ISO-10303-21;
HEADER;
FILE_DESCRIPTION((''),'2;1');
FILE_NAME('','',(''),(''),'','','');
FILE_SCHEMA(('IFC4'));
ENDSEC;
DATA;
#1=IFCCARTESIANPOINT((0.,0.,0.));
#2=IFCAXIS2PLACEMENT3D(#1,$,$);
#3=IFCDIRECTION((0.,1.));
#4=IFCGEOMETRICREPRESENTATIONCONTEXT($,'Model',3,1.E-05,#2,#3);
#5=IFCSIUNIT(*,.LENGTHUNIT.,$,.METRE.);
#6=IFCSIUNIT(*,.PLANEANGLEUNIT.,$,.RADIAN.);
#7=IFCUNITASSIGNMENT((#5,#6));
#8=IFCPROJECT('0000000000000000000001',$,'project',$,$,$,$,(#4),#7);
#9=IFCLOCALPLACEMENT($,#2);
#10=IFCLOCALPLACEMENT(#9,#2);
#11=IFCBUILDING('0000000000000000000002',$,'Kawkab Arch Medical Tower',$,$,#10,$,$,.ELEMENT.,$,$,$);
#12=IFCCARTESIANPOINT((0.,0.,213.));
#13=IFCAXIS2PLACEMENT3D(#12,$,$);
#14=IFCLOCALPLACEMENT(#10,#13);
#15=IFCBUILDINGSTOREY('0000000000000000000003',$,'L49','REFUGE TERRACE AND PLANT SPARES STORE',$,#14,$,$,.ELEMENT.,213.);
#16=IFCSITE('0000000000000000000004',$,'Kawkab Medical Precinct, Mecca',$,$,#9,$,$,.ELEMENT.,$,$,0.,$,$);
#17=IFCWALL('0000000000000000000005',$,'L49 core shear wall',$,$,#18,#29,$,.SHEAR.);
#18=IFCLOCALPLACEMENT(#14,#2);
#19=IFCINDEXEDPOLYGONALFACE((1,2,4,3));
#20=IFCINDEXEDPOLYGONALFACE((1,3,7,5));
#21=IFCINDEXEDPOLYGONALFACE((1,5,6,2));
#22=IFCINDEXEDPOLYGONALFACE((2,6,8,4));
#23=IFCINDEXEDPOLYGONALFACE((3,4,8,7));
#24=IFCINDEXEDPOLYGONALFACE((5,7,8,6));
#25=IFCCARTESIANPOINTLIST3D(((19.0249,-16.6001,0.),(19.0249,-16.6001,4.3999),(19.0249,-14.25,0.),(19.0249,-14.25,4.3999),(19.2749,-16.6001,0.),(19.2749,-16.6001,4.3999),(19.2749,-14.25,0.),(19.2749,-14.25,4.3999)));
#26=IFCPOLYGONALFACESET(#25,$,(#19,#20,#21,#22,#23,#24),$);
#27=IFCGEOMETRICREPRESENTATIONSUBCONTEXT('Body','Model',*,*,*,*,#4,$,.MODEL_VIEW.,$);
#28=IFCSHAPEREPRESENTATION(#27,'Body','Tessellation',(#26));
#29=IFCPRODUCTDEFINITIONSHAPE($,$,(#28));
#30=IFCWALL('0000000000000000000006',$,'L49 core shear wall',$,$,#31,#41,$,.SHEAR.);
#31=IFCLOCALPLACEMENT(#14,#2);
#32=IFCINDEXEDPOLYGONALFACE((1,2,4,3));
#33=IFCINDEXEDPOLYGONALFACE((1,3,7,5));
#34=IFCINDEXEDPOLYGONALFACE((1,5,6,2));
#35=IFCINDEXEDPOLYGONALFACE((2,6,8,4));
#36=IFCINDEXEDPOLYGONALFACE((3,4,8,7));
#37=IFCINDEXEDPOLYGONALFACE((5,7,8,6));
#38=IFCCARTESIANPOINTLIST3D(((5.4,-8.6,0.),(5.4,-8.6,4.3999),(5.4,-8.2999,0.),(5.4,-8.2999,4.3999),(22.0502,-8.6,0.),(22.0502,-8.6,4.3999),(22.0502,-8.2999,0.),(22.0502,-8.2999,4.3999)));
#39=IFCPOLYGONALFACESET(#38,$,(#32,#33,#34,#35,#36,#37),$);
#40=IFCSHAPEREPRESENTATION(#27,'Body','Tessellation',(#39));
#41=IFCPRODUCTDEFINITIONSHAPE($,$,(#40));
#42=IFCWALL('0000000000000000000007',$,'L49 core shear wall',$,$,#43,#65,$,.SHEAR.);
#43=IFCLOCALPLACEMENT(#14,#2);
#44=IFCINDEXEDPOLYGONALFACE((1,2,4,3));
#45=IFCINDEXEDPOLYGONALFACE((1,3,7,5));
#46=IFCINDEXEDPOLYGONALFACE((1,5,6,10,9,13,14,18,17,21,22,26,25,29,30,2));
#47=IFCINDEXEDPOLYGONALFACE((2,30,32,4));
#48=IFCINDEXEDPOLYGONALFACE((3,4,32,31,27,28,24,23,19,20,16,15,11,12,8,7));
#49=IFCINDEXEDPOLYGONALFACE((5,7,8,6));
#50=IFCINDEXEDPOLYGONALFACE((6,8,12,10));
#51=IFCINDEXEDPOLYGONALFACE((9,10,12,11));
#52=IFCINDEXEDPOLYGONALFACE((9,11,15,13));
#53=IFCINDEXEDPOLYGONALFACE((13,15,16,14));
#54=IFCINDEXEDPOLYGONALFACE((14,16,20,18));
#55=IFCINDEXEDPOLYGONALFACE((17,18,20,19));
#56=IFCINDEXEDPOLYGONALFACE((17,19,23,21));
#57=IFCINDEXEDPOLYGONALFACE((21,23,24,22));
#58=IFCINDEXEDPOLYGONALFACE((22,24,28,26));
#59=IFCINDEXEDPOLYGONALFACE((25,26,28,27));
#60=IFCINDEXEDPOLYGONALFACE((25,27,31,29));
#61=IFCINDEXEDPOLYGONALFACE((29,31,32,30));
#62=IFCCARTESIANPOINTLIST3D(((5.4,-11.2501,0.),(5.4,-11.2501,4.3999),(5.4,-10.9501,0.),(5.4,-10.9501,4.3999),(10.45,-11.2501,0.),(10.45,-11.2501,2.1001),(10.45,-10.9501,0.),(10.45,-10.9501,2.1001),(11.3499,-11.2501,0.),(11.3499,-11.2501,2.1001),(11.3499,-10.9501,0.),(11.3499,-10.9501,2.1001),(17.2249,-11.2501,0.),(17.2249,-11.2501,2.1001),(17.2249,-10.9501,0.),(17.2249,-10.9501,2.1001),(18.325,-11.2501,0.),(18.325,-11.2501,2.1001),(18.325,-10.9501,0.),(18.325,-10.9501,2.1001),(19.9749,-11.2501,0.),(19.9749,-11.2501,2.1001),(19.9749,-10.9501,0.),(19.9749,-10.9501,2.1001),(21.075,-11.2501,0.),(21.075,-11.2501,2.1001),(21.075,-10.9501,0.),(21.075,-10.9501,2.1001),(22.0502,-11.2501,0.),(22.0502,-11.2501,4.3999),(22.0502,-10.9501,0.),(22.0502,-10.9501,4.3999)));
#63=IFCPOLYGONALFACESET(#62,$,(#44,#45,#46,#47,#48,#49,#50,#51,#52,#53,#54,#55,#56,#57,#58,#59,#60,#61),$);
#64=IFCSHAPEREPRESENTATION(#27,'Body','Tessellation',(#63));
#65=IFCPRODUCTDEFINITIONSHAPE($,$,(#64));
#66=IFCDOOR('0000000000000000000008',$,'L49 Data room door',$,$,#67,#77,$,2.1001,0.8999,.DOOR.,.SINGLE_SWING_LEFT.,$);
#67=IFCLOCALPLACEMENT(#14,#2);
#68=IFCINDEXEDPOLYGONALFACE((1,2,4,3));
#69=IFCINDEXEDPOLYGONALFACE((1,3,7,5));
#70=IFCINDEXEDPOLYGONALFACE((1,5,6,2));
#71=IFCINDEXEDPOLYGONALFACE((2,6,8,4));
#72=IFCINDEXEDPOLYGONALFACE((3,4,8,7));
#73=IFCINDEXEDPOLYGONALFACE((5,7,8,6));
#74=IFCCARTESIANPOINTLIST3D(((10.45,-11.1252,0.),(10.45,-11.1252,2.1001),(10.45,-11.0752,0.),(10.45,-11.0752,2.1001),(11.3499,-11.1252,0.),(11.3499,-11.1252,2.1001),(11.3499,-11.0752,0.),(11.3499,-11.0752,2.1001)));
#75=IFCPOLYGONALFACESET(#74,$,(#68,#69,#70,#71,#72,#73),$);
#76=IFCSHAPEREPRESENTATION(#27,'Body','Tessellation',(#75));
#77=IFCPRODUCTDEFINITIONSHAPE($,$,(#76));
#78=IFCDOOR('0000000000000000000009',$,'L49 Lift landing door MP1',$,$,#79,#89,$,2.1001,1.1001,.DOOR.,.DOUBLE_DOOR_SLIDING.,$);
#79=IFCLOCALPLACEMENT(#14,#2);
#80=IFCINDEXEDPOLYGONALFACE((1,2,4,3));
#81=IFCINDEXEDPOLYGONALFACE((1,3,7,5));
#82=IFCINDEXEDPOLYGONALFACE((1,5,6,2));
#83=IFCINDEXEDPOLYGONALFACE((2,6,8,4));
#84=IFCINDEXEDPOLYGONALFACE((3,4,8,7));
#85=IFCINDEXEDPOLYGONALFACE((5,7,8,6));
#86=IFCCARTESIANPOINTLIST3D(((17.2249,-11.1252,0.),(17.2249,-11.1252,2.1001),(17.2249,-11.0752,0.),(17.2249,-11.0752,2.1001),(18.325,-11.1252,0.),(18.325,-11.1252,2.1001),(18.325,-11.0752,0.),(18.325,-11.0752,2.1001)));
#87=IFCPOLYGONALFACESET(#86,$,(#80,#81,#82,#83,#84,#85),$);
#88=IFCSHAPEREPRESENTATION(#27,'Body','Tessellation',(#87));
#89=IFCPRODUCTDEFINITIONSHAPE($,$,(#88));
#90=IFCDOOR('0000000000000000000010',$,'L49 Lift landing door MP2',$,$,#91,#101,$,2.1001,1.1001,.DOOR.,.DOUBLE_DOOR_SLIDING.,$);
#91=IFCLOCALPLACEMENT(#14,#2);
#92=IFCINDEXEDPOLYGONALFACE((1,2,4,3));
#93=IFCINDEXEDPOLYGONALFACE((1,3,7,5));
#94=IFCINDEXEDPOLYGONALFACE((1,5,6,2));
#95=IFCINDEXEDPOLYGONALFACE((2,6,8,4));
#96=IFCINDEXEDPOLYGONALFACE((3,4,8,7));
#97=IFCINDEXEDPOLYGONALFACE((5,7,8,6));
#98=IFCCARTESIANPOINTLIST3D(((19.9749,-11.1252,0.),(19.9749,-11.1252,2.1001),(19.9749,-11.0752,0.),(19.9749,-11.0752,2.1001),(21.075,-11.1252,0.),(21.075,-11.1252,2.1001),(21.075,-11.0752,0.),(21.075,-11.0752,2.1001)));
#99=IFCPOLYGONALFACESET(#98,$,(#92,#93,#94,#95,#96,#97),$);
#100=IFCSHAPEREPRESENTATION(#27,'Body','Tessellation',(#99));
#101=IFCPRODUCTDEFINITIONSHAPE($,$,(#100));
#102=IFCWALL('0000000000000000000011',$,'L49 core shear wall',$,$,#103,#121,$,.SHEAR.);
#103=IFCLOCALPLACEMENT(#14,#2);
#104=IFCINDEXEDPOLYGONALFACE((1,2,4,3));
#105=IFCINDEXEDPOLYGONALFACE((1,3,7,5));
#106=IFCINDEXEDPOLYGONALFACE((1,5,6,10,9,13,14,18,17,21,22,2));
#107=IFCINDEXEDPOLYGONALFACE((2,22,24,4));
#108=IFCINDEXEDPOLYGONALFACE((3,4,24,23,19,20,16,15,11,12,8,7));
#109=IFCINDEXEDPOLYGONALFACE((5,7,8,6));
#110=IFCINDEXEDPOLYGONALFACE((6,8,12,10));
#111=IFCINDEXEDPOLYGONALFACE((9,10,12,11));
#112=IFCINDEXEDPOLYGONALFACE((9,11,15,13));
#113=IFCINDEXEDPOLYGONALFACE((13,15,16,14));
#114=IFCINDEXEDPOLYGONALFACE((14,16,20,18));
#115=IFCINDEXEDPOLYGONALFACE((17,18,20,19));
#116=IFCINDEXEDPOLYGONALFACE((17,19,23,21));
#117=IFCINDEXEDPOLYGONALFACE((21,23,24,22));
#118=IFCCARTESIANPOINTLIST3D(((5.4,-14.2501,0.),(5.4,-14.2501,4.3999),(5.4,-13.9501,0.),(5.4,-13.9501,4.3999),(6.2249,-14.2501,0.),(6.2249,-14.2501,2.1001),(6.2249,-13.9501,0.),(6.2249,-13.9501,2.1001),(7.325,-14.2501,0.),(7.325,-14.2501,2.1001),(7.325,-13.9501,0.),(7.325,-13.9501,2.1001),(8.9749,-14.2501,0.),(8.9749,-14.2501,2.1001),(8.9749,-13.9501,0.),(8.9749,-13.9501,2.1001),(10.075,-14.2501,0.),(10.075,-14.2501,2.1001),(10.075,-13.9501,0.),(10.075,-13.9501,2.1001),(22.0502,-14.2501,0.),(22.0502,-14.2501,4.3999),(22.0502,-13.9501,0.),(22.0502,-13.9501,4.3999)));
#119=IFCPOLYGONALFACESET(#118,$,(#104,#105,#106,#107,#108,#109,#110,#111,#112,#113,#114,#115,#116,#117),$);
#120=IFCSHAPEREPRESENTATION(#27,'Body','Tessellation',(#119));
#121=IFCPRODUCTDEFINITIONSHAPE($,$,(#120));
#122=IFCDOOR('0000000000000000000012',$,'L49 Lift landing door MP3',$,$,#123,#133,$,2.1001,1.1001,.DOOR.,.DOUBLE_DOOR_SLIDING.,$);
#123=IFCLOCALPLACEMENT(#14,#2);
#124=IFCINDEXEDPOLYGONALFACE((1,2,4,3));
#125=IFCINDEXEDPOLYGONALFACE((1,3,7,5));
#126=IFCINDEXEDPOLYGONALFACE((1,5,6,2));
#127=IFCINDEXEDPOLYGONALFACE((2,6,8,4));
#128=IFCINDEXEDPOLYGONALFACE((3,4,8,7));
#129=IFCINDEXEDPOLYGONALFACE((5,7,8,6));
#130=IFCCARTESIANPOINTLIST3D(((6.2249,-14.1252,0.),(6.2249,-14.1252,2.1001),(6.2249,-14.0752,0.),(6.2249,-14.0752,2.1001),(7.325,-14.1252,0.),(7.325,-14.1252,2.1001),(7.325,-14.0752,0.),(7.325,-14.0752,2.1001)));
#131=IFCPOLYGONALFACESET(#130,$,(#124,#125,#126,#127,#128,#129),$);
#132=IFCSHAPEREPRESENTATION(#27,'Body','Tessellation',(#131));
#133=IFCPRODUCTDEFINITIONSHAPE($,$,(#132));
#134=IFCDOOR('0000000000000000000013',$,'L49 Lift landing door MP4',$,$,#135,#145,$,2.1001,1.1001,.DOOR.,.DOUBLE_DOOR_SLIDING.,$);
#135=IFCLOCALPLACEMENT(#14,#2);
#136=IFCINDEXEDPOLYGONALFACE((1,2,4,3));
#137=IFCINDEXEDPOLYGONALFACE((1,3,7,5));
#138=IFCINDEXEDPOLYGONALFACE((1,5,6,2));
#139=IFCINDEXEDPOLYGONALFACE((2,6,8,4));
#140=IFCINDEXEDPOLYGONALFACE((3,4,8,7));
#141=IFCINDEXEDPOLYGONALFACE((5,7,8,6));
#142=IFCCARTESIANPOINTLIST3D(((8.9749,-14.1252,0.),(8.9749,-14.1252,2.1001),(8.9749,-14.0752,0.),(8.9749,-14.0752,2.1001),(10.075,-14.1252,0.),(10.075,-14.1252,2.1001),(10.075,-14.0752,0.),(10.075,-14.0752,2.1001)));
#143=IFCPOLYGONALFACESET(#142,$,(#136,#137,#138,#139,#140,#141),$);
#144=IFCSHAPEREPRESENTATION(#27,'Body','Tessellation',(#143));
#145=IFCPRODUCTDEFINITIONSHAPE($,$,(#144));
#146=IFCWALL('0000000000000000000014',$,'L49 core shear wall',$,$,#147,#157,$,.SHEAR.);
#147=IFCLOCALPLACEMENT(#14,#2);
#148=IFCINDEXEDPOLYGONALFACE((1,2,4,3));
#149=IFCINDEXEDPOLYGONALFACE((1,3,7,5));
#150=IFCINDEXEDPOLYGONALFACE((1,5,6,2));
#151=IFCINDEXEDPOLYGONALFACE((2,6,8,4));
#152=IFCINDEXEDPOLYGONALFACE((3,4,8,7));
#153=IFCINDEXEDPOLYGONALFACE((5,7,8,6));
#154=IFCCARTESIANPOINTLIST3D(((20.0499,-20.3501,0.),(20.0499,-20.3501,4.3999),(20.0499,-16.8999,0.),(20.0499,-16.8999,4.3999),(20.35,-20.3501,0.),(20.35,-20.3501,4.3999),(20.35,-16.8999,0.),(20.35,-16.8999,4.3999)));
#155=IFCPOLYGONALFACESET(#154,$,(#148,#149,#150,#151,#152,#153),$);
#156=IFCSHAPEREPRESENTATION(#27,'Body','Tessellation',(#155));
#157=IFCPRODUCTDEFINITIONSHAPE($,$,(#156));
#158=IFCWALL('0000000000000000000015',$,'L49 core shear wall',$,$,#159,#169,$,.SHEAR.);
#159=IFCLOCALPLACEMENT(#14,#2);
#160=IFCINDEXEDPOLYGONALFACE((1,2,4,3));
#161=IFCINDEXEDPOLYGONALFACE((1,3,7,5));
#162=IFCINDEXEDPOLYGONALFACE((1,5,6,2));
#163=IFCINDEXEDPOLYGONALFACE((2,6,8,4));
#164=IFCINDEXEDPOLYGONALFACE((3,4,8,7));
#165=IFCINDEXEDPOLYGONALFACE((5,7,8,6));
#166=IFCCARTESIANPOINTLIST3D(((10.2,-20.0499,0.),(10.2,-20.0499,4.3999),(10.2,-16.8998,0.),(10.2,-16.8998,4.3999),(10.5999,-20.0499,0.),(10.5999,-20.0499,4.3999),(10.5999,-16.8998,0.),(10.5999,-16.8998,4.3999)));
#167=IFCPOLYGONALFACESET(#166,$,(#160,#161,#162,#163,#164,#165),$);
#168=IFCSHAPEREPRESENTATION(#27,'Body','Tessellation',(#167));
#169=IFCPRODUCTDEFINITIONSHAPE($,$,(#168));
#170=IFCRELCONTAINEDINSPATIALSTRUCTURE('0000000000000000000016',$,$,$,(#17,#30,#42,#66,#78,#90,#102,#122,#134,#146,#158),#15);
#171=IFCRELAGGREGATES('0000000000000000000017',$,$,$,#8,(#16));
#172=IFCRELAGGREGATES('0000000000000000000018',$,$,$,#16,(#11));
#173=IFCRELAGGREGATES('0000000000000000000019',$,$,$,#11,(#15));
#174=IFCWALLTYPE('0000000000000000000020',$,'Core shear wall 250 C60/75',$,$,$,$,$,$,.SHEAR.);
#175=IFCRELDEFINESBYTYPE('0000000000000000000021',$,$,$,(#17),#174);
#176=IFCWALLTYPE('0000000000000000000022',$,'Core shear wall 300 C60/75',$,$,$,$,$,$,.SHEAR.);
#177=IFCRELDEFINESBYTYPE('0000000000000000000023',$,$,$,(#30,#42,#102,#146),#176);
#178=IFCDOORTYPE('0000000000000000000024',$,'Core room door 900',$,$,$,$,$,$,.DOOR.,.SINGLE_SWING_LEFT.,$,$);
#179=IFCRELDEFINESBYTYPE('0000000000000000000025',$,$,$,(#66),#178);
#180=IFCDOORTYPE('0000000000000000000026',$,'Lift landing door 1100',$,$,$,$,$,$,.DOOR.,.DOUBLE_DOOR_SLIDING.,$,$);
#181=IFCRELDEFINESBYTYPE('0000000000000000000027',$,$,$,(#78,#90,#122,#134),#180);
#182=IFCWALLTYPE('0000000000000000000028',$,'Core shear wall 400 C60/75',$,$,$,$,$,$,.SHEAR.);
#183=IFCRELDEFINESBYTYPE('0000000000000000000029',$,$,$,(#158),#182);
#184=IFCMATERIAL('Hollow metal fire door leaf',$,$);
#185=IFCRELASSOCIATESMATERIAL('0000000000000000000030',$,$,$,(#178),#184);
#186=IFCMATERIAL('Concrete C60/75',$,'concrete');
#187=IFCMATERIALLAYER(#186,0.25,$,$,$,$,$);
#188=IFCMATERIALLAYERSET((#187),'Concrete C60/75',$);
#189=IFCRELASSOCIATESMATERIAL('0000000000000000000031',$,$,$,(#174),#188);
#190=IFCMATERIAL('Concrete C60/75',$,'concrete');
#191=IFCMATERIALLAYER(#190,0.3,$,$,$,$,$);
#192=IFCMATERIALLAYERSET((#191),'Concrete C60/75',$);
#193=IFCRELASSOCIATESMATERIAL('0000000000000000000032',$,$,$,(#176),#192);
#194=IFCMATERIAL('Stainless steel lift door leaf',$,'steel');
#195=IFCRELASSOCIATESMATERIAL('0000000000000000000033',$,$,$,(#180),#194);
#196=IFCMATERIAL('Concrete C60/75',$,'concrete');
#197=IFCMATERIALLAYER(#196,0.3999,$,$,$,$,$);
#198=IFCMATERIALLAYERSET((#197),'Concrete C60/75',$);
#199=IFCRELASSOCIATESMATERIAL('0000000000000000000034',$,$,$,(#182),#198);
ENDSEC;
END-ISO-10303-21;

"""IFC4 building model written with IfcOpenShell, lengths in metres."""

from ifc_helpers import new_model, si_unit, direction, frame, frame_2d, origin, place, context, subcontext, project, spatial, rectangle, extrude, material, layer, layer_set, type_object, element, fill, save


model = new_model("IFC4")

# Units and contexts
model_context = context("Model", 3, precision=1e-05, world=origin(), true_north=direction((0.0, 1.0)))
body_context = subcontext(model_context, "Body", "Model", "MODEL_VIEW")
ifc_project = project(units=[si_unit("LENGTHUNIT", "METRE"), si_unit("PLANEANGLEUNIT", "RADIAN")], contexts=[model_context])

# Site, building, storey
site_placement = place(None, origin())
site = spatial("IfcSite", under=ifc_project, at=site_placement, Name="Kawkab Medical Precinct, Mecca", CompositionType="ELEMENT", RefElevation=0.0)
building_placement = place(site_placement, origin())
building = spatial("IfcBuilding", under=site, at=building_placement, Name="Kawkab Arch Medical Tower", CompositionType="ELEMENT")
storey_placement = place(building_placement, frame((0.0, 0.0, 213.0)))
storey = spatial("IfcBuildingStorey", under=building, at=storey_placement, Name="L49", Description="REFUGE TERRACE AND PLANT SPARES STORE", CompositionType="ELEMENT", Elevation=213.0)

# Shared definitions
ifc_material_1 = material(Name="Hollow metal fire door leaf")
door_type_1 = type_object("IfcDoorType", Name="Core room door 900", OperationType="SINGLE_SWING_LEFT", PredefinedType="DOOR", material=ifc_material_1)

# Walls
ifc_material_2 = material(Name="Concrete C60/75", Category="concrete")
ifc_layer_1 = layer(ifc_material_2, 0.25)
ifc_layer_set_1 = layer_set([ifc_layer_1], Name="Concrete C60/75")
wall_type_1 = type_object("IfcWallType", Name="Core shear wall 250 C60/75", PredefinedType="SHEAR", material=ifc_layer_set_1)
for number, where, z_axis, x_axis, name in (
    (1, (19.1499, -16.6001, 0.0), (0.0, 0.0, 1.0), (0.0, 1.0, 0.0), "L49 core shear wall"),
):
    element("IfcWall", number, at=place(storey_placement, frame(where, z_axis=z_axis, x_axis=x_axis)), inside=storey, type_object=wall_type_1, Name=name, PredefinedType="SHEAR", context=body_context, shape_type="SweptSolid", body=[
        extrude(rectangle(XDim=2.3501, YDim=0.25, at=frame_2d((1.175, 0.0))), origin(), (0.0, 0.0, 1.0), 4.3999),
    ])
ifc_material_3 = material(Name="Concrete C60/75", Category="concrete")
ifc_layer_2 = layer(ifc_material_3, 0.3)
ifc_layer_set_2 = layer_set([ifc_layer_2], Name="Concrete C60/75")
wall_type_2 = type_object("IfcWallType", Name="Core shear wall 300 C60/75", PredefinedType="SHEAR", material=ifc_layer_set_2)
wall_1_placement = place(storey_placement, frame((5.3999, -8.45, 0.0), z_axis=(0.0, 0.0, 1.0), x_axis=(1.0, 0.0, 0.0)))
element("IfcWall", 2, at=wall_1_placement, inside=storey, type_object=wall_type_2, Name="L49 core shear wall", PredefinedType="SHEAR", context=body_context, shape_type="SweptSolid", body=[
    extrude(rectangle(XDim=16.6501, YDim=0.3, at=frame_2d((8.3252, 0.0))), origin(), (0.0, 0.0, 1.0), 4.3999),
])

# Walls, openings, doors
wall_2_placement = place(storey_placement, frame((5.3999, -11.1001, 0.0), z_axis=(0.0, 0.0, 1.0), x_axis=(1.0, 0.0, 0.0)))
wall_2 = element("IfcWall", 3, at=wall_2_placement, inside=storey, type_object=wall_type_2, Name="L49 core shear wall", PredefinedType="SHEAR", context=body_context, shape_type="SweptSolid", body=[
    extrude(rectangle(XDim=16.6501, YDim=0.3, at=frame_2d((8.3252, 0.0))), origin(), (0.0, 0.0, 1.0), 4.3999),
])
opening_1_placement = place(wall_2_placement, frame((11.825, 0.0, 0.0)))
opening_1 = element("IfcOpeningElement", 4, at=opening_1_placement, cuts=wall_2, PredefinedType="OPENING", context=body_context, shape_type="SweptSolid", body=[
    extrude(rectangle(XDim=1.1001, YDim=2.1001, at=frame_2d((0.55, 1.05))), frame((0.0, 0.1599, 0.0), z_axis=(0.0, -1.0, 0.0), x_axis=(1.0, 0.0, 0.0)), (0.0, 0.0, 1.0), 0.3201),
])
opening_2_placement = place(wall_2_placement, frame((14.575, 0.0, 0.0)))
opening_2 = element("IfcOpeningElement", 5, at=opening_2_placement, cuts=wall_2, PredefinedType="OPENING", context=body_context, shape_type="SweptSolid", body=[
    extrude(rectangle(XDim=1.1001, YDim=2.1001, at=frame_2d((0.55, 1.05))), frame((0.0, 0.1599, 0.0), z_axis=(0.0, -1.0, 0.0), x_axis=(1.0, 0.0, 0.0)), (0.0, 0.0, 1.0), 0.3201),
])
opening_3_placement = place(wall_2_placement, frame((5.05, 0.0, 0.0)))
opening_3 = element("IfcOpeningElement", 6, at=opening_3_placement, cuts=wall_2, PredefinedType="OPENING", context=body_context, shape_type="SweptSolid", body=[
    extrude(rectangle(XDim=0.8999, YDim=2.1001, at=frame_2d((0.45, 1.05))), frame((0.0, 0.1599, 0.0), z_axis=(0.0, -1.0, 0.0), x_axis=(1.0, 0.0, 0.0)), (0.0, 0.0, 1.0), 0.3201),
])
door_1_placement = place(opening_3_placement, origin())
door_1 = element("IfcDoor", 7, at=door_1_placement, inside=storey, type_object=door_type_1, Name="L49 Data room door", OperationType="SINGLE_SWING_LEFT", OverallHeight=2.1001, OverallWidth=0.8999, PredefinedType="DOOR", context=body_context, shape_type="SweptSolid", body=[
    extrude(rectangle(XDim=0.8999, YDim=2.1001, at=frame_2d((0.45, 1.05))), frame((0.0, 0.0249, 0.0), z_axis=(0.0, -1.0, 0.0), x_axis=(1.0, 0.0, 0.0)), (0.0, 0.0, 1.0), 0.05),
])
fill(opening_3, door_1)
ifc_material_4 = material(Name="Stainless steel lift door leaf", Category="steel")
door_type_2 = type_object("IfcDoorType", Name="Lift landing door 1100", OperationType="DOUBLE_DOOR_SLIDING", PredefinedType="DOOR", material=ifc_material_4)
door_2_placement = place(opening_1_placement, origin())
door_2 = element("IfcDoor", 8, at=door_2_placement, inside=storey, type_object=door_type_2, Name="L49 Lift landing door MP1", OperationType="DOUBLE_DOOR_SLIDING", OverallHeight=2.1001, OverallWidth=1.1001, PredefinedType="DOOR", context=body_context, shape_type="SweptSolid", body=[
    extrude(rectangle(XDim=1.1001, YDim=2.1001, at=frame_2d((0.55, 1.05))), frame((0.0, 0.0249, 0.0), z_axis=(0.0, -1.0, 0.0), x_axis=(1.0, 0.0, 0.0)), (0.0, 0.0, 1.0), 0.05),
])
fill(opening_1, door_2)
door_3_placement = place(opening_2_placement, origin())
door_3 = element("IfcDoor", 9, at=door_3_placement, inside=storey, type_object=door_type_2, Name="L49 Lift landing door MP2", OperationType="DOUBLE_DOOR_SLIDING", OverallHeight=2.1001, OverallWidth=1.1001, PredefinedType="DOOR", context=body_context, shape_type="SweptSolid", body=[
    extrude(rectangle(XDim=1.1001, YDim=2.1001, at=frame_2d((0.55, 1.05))), frame((0.0, 0.0249, 0.0), z_axis=(0.0, -1.0, 0.0), x_axis=(1.0, 0.0, 0.0)), (0.0, 0.0, 1.0), 0.05),
])
fill(opening_2, door_3)
wall_3_placement = place(storey_placement, frame((5.3999, -14.1001, 0.0), z_axis=(0.0, 0.0, 1.0), x_axis=(1.0, 0.0, 0.0)))
wall_3 = element("IfcWall", 10, at=wall_3_placement, inside=storey, type_object=wall_type_2, Name="L49 core shear wall", PredefinedType="SHEAR", context=body_context, shape_type="SweptSolid", body=[
    extrude(rectangle(XDim=16.6501, YDim=0.3, at=frame_2d((8.3252, 0.0))), origin(), (0.0, 0.0, 1.0), 4.3999),
])
opening_4_placement = place(wall_3_placement, frame((0.825, 0.0, 0.0)))
opening_4 = element("IfcOpeningElement", 11, at=opening_4_placement, cuts=wall_3, PredefinedType="OPENING", context=body_context, shape_type="SweptSolid", body=[
    extrude(rectangle(XDim=1.1001, YDim=2.1001, at=frame_2d((0.55, 1.05))), frame((0.0, 0.1599, 0.0), z_axis=(0.0, -1.0, 0.0), x_axis=(1.0, 0.0, 0.0)), (0.0, 0.0, 1.0), 0.3201),
])
opening_5_placement = place(wall_3_placement, frame((3.575, 0.0, 0.0)))
opening_5 = element("IfcOpeningElement", 12, at=opening_5_placement, cuts=wall_3, PredefinedType="OPENING", context=body_context, shape_type="SweptSolid", body=[
    extrude(rectangle(XDim=1.1001, YDim=2.1001, at=frame_2d((0.55, 1.05))), frame((0.0, 0.1599, 0.0), z_axis=(0.0, -1.0, 0.0), x_axis=(1.0, 0.0, 0.0)), (0.0, 0.0, 1.0), 0.3201),
])
door_4_placement = place(opening_4_placement, origin())
door_4 = element("IfcDoor", 13, at=door_4_placement, inside=storey, type_object=door_type_2, Name="L49 Lift landing door MP3", OperationType="DOUBLE_DOOR_SLIDING", OverallHeight=2.1001, OverallWidth=1.1001, PredefinedType="DOOR", context=body_context, shape_type="SweptSolid", body=[
    extrude(rectangle(XDim=1.1001, YDim=2.1001, at=frame_2d((0.55, 1.05))), frame((0.0, 0.0249, 0.0), z_axis=(0.0, -1.0, 0.0), x_axis=(1.0, 0.0, 0.0)), (0.0, 0.0, 1.0), 0.05),
])
fill(opening_4, door_4)
door_5_placement = place(opening_5_placement, origin())
door_5 = element("IfcDoor", 14, at=door_5_placement, inside=storey, type_object=door_type_2, Name="L49 Lift landing door MP4", OperationType="DOUBLE_DOOR_SLIDING", OverallHeight=2.1001, OverallWidth=1.1001, PredefinedType="DOOR", context=body_context, shape_type="SweptSolid", body=[
    extrude(rectangle(XDim=1.1001, YDim=2.1001, at=frame_2d((0.55, 1.05))), frame((0.0, 0.0249, 0.0), z_axis=(0.0, -1.0, 0.0), x_axis=(1.0, 0.0, 0.0)), (0.0, 0.0, 1.0), 0.05),
])
fill(opening_5, door_5)

# Walls
wall_4_placement = place(storey_placement, frame((20.2, -20.3501, 0.0), z_axis=(0.0, 0.0, 1.0), x_axis=(0.0, 1.0, 0.0)))
element("IfcWall", 15, at=wall_4_placement, inside=storey, type_object=wall_type_2, Name="L49 core shear wall", PredefinedType="SHEAR", context=body_context, shape_type="SweptSolid", body=[
    extrude(rectangle(XDim=3.4502, YDim=0.3, at=frame_2d((1.7251, 0.0))), origin(), (0.0, 0.0, 1.0), 4.3999),
])
ifc_material_5 = material(Name="Concrete C60/75", Category="concrete")
ifc_layer_3 = layer(ifc_material_5, 0.3999)
ifc_layer_set_3 = layer_set([ifc_layer_3], Name="Concrete C60/75")
wall_type_3 = type_object("IfcWallType", Name="Core shear wall 400 C60/75", PredefinedType="SHEAR", material=ifc_layer_set_3)
wall_5_placement = place(storey_placement, frame((10.3999, -20.05, 0.0), z_axis=(0.0, 0.0, 1.0), x_axis=(0.0, 1.0, 0.0)))
element("IfcWall", 16, at=wall_5_placement, inside=storey, type_object=wall_type_3, Name="L49 core shear wall", PredefinedType="SHEAR", context=body_context, shape_type="SweptSolid", body=[
    extrude(rectangle(XDim=3.1501, YDim=0.3999, at=frame_2d((1.5752, 0.0))), origin(), (0.0, 0.0, 1.0), 4.3999),
])

save(model, "model.ifc")
